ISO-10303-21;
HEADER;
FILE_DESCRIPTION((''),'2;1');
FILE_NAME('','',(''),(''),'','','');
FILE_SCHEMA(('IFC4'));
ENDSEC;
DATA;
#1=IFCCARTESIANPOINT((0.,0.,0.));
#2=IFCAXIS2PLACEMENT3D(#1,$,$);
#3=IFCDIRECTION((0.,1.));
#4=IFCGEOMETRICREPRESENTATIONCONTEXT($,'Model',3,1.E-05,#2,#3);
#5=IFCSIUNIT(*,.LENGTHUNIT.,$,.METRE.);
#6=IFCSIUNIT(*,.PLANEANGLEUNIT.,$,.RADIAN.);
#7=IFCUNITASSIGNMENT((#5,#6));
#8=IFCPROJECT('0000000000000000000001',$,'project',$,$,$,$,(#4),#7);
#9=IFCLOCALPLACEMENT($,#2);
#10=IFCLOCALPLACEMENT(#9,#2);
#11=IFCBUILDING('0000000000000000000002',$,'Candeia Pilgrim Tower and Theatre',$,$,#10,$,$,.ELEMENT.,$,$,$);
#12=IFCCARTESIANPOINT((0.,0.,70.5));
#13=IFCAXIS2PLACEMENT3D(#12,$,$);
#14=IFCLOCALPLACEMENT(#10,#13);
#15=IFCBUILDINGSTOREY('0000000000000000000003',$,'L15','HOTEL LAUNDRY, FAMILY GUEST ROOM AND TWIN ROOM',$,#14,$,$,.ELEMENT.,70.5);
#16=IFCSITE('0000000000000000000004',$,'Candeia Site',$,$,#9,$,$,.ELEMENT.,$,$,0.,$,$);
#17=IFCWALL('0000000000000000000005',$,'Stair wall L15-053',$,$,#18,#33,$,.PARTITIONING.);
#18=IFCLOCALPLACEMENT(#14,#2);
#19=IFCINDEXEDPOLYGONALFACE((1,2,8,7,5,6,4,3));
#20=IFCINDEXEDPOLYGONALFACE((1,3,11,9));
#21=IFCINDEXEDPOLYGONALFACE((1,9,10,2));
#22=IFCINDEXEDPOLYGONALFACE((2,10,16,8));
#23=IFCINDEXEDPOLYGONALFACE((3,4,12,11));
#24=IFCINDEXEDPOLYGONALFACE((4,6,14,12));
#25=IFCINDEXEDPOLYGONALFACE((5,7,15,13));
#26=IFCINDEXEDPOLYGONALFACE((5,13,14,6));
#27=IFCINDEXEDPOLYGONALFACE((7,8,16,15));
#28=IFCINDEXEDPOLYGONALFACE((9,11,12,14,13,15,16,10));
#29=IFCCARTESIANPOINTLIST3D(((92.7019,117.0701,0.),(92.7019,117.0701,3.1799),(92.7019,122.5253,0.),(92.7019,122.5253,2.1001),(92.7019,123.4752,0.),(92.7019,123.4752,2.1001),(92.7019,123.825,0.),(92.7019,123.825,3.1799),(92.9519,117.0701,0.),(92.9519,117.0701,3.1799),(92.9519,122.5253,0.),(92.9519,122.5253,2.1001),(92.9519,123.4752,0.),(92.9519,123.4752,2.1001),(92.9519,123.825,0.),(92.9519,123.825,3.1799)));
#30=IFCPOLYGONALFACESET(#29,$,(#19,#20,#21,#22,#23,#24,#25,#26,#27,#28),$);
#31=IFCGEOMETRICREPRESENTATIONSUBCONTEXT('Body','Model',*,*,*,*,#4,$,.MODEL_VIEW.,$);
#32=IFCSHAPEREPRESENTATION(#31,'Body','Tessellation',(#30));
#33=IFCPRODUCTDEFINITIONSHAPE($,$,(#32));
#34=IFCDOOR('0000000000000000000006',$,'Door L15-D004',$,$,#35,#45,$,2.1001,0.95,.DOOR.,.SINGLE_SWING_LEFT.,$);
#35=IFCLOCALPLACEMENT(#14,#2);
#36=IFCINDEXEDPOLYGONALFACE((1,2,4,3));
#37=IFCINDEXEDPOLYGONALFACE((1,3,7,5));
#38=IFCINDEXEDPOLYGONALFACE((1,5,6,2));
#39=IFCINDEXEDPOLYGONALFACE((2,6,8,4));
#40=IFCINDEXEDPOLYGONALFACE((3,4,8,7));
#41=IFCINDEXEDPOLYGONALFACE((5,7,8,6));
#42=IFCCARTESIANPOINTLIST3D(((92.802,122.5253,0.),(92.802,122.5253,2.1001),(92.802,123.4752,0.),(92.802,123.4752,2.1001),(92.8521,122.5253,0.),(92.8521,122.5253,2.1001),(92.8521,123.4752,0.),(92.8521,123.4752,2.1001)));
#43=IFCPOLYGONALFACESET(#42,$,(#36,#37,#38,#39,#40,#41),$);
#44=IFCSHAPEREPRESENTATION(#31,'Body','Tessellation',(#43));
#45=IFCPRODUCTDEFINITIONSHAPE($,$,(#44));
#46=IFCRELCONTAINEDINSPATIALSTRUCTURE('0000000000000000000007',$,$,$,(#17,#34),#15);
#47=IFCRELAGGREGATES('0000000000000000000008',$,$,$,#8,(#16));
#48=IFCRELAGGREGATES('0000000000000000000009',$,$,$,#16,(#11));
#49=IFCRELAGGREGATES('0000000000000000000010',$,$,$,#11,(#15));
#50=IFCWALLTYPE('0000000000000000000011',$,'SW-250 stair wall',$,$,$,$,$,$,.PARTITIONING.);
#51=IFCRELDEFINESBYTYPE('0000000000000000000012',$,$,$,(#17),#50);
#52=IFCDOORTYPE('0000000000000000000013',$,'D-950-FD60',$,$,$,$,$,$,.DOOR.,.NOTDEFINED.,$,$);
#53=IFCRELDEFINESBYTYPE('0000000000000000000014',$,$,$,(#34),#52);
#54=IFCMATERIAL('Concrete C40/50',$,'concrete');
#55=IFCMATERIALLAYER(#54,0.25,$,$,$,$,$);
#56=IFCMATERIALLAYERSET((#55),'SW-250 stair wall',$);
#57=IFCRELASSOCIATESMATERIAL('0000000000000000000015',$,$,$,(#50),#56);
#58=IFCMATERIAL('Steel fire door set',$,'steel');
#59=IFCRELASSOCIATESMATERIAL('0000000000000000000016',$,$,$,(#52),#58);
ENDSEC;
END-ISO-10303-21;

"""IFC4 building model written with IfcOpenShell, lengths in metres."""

from ifc_helpers import new_model, si_unit, direction, frame, frame_2d, origin, place, context, subcontext, project, spatial, rectangle, extrude, material, layer, layer_set, type_object, element, fill, save


model = new_model("IFC4")

# Units and contexts
model_context = context("Model", 3, precision=1e-05, world=origin(), true_north=direction((0.0, 1.0)))
body_context = subcontext(model_context, "Body", "Model", "MODEL_VIEW")
ifc_project = project(units=[si_unit("LENGTHUNIT", "METRE"), si_unit("PLANEANGLEUNIT", "RADIAN")], contexts=[model_context])

# Site, building, storey
site_placement = place(None, origin())
site = spatial("IfcSite", under=ifc_project, at=site_placement, Name="Candeia Site", CompositionType="ELEMENT", RefElevation=0.0)
building_placement = place(site_placement, origin())
building = spatial("IfcBuilding", under=site, at=building_placement, Name="Candeia Pilgrim Tower and Theatre", CompositionType="ELEMENT")
storey_placement = place(building_placement, frame((0.0, 0.0, 70.5)))
storey = spatial("IfcBuildingStorey", under=building, at=storey_placement, Name="L15", Description="HOTEL LAUNDRY, FAMILY GUEST ROOM AND TWIN ROOM", CompositionType="ELEMENT", Elevation=70.5)

# Shared definitions
ifc_material_1 = material(Name="Concrete C40/50", Category="concrete")
ifc_material_2 = material(Name="Steel fire door set", Category="steel")

# Wall, opening, door
ifc_layer_1 = layer(ifc_material_1, 0.25)
ifc_layer_set_1 = layer_set([ifc_layer_1], Name="SW-250 stair wall")
wall_type_1 = type_object("IfcWallType", Name="SW-250 stair wall", PredefinedType="PARTITIONING", material=ifc_layer_set_1)
wall_1_placement = place(storey_placement, frame((92.8269, 117.0701, 0.0), z_axis=(0.0, 0.0, 1.0), x_axis=(0.0, 1.0, 0.0)))
wall_1 = element("IfcWall", 1, at=wall_1_placement, inside=storey, type_object=wall_type_1, Name="Stair wall L15-053", PredefinedType="PARTITIONING", context=body_context, shape_type="SweptSolid", body=[
    extrude(rectangle(XDim=6.7549, YDim=0.25, at=frame_2d((3.3774, 0.0))), origin(), (0.0, 0.0, 1.0), 3.1799),
])
opening_1_placement = place(wall_1_placement, frame((5.4551, 0.0, 0.0)))
opening_1 = element("IfcOpeningElement", 2, at=opening_1_placement, cuts=wall_1, PredefinedType="OPENING", context=body_context, shape_type="SweptSolid", body=[
    extrude(rectangle(XDim=0.95, YDim=2.1001, at=frame_2d((0.4751, 1.05))), frame((0.0, 0.135, 0.0), z_axis=(0.0, -1.0, 0.0), x_axis=(1.0, 0.0, 0.0)), (0.0, 0.0, 1.0), 0.27),
])
door_type_1 = type_object("IfcDoorType", Name="D-950-FD60", OperationType="NOTDEFINED", PredefinedType="DOOR", material=ifc_material_2)
door_1_placement = place(opening_1_placement, origin())
door_1 = element("IfcDoor", 3, at=door_1_placement, inside=storey, type_object=door_type_1, Name="Door L15-D004", OperationType="SINGLE_SWING_LEFT", OverallHeight=2.1001, OverallWidth=0.95, PredefinedType="DOOR", context=body_context, shape_type="SweptSolid", body=[
    extrude(rectangle(XDim=0.95, YDim=2.1001, at=frame_2d((0.4751, 1.05))), frame((0.0, 0.0249, 0.0), z_axis=(0.0, -1.0, 0.0), x_axis=(1.0, 0.0, 0.0)), (0.0, 0.0, 1.0), 0.05),
])
fill(opening_1, door_1)

save(model, "model.ifc")
